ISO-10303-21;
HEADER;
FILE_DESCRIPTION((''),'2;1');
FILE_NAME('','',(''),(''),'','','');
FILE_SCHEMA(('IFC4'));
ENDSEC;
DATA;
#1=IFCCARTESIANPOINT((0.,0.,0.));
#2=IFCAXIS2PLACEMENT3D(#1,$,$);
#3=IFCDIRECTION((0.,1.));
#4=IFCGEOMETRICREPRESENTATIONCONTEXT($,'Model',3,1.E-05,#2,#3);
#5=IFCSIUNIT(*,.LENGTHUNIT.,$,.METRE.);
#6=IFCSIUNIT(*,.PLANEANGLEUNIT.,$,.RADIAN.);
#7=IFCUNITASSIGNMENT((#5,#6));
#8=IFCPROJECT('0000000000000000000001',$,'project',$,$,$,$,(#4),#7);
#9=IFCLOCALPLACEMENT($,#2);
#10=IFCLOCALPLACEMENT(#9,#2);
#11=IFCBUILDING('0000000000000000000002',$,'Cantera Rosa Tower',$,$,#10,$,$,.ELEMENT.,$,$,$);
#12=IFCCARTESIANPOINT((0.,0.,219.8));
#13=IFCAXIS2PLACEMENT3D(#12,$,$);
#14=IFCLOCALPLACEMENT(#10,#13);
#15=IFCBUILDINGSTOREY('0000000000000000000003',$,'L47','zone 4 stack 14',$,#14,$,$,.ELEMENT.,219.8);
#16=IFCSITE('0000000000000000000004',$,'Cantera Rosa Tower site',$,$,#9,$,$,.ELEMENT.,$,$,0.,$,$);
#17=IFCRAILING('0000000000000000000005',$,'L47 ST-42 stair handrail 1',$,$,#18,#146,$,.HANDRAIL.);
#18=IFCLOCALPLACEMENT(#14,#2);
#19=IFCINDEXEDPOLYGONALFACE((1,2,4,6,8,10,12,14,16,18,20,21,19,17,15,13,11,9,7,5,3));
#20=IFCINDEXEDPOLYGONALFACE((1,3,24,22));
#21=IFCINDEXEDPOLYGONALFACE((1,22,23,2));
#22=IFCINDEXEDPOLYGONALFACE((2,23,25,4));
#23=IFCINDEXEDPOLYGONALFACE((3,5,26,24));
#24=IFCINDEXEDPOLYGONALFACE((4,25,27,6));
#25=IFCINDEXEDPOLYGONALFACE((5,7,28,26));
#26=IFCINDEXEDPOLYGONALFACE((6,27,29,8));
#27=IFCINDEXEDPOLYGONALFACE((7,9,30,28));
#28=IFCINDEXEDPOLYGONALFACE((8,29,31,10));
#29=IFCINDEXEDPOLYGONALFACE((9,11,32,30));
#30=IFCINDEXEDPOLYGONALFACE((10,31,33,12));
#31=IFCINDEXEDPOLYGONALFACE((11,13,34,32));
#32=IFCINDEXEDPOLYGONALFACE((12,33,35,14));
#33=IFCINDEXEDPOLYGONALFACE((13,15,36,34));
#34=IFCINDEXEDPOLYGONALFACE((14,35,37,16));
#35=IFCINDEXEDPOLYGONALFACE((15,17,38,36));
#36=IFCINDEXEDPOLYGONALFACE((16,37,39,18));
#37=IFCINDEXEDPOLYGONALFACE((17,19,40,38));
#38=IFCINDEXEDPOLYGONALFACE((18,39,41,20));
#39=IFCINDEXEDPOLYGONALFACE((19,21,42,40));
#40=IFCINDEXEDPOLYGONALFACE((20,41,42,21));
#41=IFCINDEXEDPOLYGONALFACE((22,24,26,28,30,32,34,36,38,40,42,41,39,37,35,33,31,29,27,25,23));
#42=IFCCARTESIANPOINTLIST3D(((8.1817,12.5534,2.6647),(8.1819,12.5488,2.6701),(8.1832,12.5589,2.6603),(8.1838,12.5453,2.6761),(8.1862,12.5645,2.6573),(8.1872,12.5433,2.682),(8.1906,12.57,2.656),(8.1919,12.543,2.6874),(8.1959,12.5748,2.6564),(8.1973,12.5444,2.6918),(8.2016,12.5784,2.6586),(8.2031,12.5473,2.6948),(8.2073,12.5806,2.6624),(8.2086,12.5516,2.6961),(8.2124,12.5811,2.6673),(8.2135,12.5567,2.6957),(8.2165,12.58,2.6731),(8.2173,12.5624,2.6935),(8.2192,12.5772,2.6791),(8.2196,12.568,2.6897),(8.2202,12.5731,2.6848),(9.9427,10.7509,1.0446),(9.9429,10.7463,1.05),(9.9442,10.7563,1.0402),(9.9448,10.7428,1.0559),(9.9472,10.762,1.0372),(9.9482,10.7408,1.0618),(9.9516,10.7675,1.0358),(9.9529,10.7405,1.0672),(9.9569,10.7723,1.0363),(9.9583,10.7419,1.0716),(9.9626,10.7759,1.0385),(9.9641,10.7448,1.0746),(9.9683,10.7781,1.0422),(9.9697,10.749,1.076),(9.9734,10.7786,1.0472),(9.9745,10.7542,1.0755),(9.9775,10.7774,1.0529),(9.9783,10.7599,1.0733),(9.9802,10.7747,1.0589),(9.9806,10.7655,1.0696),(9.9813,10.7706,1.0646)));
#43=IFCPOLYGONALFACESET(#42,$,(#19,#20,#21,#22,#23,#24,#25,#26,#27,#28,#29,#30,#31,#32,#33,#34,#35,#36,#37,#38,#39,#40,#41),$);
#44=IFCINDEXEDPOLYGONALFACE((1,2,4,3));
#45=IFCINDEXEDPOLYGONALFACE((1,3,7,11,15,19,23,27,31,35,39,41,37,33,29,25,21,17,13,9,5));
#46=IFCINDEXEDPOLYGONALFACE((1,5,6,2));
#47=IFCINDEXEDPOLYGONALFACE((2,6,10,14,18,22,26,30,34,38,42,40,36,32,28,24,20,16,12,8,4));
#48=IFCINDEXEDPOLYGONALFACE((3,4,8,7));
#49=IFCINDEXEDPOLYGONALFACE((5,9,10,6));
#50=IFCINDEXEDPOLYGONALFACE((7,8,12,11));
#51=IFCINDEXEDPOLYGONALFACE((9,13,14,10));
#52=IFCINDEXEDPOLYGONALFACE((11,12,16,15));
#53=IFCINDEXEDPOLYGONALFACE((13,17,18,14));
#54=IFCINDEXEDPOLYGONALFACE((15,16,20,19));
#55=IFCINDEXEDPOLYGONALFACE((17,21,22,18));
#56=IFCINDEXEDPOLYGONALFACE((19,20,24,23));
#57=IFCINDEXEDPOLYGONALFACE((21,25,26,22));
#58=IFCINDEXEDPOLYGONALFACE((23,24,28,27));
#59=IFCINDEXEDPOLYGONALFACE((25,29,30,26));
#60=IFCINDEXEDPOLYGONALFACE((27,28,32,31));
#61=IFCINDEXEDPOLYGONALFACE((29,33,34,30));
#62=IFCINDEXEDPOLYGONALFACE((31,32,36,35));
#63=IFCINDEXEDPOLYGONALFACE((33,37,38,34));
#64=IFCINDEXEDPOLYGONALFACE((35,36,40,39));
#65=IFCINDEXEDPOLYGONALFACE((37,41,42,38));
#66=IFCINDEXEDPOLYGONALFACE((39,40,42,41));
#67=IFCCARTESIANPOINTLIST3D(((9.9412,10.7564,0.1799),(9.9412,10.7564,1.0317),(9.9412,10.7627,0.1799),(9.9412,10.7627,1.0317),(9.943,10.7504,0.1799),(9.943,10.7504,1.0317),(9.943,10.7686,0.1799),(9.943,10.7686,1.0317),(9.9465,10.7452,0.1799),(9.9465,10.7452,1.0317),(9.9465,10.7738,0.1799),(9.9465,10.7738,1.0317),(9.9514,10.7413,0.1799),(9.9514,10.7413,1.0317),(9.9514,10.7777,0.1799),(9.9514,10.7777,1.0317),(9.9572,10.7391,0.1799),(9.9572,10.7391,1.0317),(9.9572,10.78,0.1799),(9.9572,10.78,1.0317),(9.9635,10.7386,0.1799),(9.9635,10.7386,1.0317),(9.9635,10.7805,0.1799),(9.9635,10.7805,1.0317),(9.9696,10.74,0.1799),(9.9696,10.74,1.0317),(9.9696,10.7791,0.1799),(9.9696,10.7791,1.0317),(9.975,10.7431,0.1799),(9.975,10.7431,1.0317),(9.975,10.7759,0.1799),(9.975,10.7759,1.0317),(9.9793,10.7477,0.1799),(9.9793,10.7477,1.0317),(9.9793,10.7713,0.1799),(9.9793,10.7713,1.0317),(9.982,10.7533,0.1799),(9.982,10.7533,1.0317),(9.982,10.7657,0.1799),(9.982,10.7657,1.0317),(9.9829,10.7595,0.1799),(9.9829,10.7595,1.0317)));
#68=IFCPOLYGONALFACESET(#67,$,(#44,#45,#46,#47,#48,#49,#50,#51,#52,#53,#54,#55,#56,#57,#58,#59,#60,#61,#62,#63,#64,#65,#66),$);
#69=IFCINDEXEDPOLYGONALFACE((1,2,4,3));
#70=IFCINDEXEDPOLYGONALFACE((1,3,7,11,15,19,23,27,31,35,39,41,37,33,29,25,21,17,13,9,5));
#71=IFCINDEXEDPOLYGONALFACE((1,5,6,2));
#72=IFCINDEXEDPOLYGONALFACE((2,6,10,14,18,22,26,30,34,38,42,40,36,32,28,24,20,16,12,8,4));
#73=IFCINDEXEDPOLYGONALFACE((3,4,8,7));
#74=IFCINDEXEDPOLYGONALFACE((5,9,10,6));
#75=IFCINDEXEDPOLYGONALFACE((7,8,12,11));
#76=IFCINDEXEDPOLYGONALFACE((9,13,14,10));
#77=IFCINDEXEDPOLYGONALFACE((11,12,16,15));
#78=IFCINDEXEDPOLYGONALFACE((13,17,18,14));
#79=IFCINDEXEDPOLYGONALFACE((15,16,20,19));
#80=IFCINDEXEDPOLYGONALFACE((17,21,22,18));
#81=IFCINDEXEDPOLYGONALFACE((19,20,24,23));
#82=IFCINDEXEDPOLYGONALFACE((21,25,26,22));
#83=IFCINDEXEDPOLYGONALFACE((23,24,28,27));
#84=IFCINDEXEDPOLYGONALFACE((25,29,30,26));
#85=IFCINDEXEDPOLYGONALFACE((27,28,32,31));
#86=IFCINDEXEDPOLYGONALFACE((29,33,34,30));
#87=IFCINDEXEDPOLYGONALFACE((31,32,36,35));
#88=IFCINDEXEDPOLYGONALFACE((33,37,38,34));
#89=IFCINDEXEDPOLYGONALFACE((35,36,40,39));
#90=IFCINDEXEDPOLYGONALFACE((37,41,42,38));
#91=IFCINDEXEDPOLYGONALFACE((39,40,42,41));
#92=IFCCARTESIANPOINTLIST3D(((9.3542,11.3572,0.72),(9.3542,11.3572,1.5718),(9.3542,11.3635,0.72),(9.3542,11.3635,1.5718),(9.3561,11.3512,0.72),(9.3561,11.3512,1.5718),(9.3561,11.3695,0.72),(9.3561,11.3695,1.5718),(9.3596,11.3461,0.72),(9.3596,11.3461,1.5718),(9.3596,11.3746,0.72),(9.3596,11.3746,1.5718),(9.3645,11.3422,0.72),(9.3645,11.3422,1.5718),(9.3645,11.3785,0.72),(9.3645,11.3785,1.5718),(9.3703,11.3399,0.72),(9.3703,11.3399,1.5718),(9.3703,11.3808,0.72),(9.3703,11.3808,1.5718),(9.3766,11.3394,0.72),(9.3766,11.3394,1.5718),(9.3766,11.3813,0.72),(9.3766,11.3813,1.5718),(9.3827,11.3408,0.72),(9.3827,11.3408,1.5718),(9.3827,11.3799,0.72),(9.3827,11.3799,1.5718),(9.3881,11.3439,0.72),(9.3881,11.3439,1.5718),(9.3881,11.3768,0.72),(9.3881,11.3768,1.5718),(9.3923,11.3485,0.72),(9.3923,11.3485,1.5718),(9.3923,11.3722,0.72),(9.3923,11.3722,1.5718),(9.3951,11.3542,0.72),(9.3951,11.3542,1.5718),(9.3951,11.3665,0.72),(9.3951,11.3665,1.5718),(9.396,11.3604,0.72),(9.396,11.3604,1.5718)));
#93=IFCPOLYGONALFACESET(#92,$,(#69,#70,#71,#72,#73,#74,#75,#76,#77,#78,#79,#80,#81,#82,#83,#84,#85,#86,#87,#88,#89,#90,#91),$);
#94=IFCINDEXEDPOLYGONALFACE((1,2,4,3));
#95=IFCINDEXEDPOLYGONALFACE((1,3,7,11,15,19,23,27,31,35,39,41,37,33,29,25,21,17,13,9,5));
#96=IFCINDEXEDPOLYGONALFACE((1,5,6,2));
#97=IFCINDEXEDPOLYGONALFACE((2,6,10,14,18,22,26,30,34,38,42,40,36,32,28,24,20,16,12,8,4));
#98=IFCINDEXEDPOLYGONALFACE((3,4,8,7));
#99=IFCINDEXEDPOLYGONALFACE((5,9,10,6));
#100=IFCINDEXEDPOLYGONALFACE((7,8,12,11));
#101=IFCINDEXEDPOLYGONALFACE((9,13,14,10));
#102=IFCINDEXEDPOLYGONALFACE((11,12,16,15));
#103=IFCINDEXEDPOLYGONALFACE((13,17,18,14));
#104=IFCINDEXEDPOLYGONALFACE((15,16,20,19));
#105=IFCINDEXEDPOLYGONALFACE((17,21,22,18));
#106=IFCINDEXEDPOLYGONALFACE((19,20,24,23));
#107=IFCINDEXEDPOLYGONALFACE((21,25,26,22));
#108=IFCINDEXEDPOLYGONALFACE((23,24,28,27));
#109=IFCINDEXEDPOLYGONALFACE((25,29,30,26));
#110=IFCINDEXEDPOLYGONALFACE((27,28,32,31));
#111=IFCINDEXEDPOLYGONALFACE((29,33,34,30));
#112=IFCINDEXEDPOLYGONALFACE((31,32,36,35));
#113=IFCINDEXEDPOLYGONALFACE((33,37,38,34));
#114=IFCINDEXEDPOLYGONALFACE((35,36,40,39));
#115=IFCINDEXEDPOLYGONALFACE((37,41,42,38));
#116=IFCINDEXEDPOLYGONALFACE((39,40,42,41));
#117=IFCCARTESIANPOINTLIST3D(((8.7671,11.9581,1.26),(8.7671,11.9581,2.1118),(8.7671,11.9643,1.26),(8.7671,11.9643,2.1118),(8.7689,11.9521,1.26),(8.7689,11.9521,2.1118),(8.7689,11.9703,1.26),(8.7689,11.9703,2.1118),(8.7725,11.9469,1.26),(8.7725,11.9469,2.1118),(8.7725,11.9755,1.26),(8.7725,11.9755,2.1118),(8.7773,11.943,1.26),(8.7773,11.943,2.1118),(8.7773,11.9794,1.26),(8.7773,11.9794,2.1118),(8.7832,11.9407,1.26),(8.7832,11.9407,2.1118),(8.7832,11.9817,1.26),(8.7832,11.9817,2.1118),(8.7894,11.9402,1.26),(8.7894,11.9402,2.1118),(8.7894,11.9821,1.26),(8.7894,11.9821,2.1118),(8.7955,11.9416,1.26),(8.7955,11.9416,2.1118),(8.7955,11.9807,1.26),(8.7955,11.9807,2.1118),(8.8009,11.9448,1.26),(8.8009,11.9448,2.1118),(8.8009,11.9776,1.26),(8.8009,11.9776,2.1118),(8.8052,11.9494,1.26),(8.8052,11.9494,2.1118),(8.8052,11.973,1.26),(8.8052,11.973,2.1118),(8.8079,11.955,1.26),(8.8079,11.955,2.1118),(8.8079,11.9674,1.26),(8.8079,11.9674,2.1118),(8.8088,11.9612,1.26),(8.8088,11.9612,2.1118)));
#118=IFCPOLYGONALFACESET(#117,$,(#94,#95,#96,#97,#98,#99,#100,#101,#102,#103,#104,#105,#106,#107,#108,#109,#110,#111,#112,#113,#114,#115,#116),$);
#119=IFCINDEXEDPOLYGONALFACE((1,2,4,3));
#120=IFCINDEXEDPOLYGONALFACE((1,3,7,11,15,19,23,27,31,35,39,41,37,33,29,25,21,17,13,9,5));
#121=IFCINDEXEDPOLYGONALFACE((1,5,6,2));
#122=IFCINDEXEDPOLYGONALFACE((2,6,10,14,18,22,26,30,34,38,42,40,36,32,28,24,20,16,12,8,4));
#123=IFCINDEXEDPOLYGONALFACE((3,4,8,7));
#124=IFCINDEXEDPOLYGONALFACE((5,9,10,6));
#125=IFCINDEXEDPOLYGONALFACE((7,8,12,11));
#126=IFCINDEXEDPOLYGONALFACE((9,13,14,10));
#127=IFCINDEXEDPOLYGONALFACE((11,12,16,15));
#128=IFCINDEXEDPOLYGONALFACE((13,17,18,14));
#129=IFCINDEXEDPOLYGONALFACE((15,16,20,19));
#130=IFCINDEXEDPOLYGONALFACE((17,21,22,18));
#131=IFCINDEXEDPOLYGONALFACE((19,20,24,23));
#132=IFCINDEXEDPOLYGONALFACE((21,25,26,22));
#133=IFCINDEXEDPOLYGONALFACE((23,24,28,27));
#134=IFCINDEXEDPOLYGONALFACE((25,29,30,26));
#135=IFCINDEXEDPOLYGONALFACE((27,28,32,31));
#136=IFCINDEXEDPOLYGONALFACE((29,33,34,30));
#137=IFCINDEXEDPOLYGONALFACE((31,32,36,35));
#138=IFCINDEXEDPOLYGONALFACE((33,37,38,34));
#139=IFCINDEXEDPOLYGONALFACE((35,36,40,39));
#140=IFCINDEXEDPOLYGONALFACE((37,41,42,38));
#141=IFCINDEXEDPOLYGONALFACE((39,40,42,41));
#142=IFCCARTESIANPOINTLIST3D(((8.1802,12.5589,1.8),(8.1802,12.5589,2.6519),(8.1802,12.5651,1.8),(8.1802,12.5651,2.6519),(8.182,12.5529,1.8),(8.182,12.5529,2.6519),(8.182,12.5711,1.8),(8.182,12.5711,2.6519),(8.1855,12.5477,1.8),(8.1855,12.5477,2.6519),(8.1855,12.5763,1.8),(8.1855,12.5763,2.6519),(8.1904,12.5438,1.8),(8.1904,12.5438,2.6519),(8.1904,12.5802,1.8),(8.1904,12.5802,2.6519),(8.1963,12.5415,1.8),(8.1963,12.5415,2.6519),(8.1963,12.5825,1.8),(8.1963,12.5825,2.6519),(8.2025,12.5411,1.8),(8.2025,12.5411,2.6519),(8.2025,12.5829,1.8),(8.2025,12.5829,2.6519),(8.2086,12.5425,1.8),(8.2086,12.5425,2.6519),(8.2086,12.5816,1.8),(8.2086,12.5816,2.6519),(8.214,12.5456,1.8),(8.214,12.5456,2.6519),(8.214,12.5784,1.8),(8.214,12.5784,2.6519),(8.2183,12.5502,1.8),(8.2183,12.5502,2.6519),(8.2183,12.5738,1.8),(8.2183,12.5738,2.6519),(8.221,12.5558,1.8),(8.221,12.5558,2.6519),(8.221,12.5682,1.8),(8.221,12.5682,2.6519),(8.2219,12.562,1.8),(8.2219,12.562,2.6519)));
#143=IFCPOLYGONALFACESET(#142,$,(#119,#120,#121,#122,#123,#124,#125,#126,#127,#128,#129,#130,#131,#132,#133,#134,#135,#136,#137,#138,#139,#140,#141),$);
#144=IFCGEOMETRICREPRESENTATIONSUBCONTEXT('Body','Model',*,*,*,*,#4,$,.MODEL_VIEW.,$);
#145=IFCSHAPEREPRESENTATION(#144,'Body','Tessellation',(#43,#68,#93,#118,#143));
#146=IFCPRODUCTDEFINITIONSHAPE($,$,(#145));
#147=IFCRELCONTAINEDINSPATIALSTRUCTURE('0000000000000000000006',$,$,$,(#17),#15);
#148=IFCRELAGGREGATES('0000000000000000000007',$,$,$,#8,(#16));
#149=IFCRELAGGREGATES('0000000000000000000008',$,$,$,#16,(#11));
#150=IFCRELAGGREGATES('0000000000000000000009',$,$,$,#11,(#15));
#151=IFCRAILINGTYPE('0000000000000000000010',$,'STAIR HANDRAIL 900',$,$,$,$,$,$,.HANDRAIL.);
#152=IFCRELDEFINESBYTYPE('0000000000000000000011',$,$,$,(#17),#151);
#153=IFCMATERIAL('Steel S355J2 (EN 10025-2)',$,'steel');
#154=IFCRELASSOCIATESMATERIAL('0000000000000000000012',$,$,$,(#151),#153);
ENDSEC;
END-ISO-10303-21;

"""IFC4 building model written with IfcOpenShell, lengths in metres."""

from ifc_helpers import new_model, si_unit, direction, frame, origin, origin_2d, place, context, subcontext, project, spatial, circle, extrude, material, type_object, element, save


model = new_model("IFC4")

# Units and contexts
model_context = context("Model", 3, precision=1e-05, world=origin(), true_north=direction((0.0, 1.0)))
body_context = subcontext(model_context, "Body", "Model", "MODEL_VIEW")
ifc_project = project(units=[si_unit("LENGTHUNIT", "METRE"), si_unit("PLANEANGLEUNIT", "RADIAN")], contexts=[model_context])

# Site, building, storey
site_placement = place(None, origin())
site = spatial("IfcSite", under=ifc_project, at=site_placement, Name="Cantera Rosa Tower site", CompositionType="ELEMENT", RefElevation=0.0)
building_placement = place(site_placement, origin())
building = spatial("IfcBuilding", under=site, at=building_placement, Name="Cantera Rosa Tower", CompositionType="ELEMENT")
storey_placement = place(building_placement, frame((0.0, 0.0, 219.8)))
storey = spatial("IfcBuildingStorey", under=building, at=storey_placement, Name="L47", Description="zone 4 stack 14", CompositionType="ELEMENT", Elevation=219.8)

# Railing
ifc_material_1 = material(Name="Steel S355J2 (EN 10025-2)", Category="steel")
railing_type_1 = type_object("IfcRailingType", Name="STAIR HANDRAIL 900", PredefinedType="HANDRAIL", material=ifc_material_1)
railing_1_placement = place(storey_placement, frame((9.9619, 10.7595, 0.1799)))
element("IfcRailing", 1, at=railing_1_placement, inside=storey, type_object=railing_type_1, Name="L47 ST-42 stair handrail 1", PredefinedType="HANDRAIL", context=body_context, shape_type="SweptSolid", body=[
    extrude(circle(Radius=0.0239, at=origin_2d()), frame((0.0, 0.0, 0.876), z_axis=(-0.587818, 0.601672, 0.540796), x_axis=(-0.715294, -0.698824, 0.0)), (0.0, 0.0, 1.0), 2.9958),
    extrude(circle(Radius=0.021, at=origin_2d()), origin(), (0.0, 0.0, 1.0), 0.8518),
    extrude(circle(Radius=0.021, at=origin_2d()), frame((-0.5869, 0.6008, 0.54)), (0.0, 0.0, 1.0), 0.8518),
    extrude(circle(Radius=0.021, at=origin_2d()), frame((-1.1741, 1.2017, 1.0801)), (0.0, 0.0, 1.0), 0.8518),
    extrude(circle(Radius=0.021, at=origin_2d()), frame((-1.761, 1.8025, 1.6201)), (0.0, 0.0, 1.0), 0.8518),
])

save(model, "model.ifc")
